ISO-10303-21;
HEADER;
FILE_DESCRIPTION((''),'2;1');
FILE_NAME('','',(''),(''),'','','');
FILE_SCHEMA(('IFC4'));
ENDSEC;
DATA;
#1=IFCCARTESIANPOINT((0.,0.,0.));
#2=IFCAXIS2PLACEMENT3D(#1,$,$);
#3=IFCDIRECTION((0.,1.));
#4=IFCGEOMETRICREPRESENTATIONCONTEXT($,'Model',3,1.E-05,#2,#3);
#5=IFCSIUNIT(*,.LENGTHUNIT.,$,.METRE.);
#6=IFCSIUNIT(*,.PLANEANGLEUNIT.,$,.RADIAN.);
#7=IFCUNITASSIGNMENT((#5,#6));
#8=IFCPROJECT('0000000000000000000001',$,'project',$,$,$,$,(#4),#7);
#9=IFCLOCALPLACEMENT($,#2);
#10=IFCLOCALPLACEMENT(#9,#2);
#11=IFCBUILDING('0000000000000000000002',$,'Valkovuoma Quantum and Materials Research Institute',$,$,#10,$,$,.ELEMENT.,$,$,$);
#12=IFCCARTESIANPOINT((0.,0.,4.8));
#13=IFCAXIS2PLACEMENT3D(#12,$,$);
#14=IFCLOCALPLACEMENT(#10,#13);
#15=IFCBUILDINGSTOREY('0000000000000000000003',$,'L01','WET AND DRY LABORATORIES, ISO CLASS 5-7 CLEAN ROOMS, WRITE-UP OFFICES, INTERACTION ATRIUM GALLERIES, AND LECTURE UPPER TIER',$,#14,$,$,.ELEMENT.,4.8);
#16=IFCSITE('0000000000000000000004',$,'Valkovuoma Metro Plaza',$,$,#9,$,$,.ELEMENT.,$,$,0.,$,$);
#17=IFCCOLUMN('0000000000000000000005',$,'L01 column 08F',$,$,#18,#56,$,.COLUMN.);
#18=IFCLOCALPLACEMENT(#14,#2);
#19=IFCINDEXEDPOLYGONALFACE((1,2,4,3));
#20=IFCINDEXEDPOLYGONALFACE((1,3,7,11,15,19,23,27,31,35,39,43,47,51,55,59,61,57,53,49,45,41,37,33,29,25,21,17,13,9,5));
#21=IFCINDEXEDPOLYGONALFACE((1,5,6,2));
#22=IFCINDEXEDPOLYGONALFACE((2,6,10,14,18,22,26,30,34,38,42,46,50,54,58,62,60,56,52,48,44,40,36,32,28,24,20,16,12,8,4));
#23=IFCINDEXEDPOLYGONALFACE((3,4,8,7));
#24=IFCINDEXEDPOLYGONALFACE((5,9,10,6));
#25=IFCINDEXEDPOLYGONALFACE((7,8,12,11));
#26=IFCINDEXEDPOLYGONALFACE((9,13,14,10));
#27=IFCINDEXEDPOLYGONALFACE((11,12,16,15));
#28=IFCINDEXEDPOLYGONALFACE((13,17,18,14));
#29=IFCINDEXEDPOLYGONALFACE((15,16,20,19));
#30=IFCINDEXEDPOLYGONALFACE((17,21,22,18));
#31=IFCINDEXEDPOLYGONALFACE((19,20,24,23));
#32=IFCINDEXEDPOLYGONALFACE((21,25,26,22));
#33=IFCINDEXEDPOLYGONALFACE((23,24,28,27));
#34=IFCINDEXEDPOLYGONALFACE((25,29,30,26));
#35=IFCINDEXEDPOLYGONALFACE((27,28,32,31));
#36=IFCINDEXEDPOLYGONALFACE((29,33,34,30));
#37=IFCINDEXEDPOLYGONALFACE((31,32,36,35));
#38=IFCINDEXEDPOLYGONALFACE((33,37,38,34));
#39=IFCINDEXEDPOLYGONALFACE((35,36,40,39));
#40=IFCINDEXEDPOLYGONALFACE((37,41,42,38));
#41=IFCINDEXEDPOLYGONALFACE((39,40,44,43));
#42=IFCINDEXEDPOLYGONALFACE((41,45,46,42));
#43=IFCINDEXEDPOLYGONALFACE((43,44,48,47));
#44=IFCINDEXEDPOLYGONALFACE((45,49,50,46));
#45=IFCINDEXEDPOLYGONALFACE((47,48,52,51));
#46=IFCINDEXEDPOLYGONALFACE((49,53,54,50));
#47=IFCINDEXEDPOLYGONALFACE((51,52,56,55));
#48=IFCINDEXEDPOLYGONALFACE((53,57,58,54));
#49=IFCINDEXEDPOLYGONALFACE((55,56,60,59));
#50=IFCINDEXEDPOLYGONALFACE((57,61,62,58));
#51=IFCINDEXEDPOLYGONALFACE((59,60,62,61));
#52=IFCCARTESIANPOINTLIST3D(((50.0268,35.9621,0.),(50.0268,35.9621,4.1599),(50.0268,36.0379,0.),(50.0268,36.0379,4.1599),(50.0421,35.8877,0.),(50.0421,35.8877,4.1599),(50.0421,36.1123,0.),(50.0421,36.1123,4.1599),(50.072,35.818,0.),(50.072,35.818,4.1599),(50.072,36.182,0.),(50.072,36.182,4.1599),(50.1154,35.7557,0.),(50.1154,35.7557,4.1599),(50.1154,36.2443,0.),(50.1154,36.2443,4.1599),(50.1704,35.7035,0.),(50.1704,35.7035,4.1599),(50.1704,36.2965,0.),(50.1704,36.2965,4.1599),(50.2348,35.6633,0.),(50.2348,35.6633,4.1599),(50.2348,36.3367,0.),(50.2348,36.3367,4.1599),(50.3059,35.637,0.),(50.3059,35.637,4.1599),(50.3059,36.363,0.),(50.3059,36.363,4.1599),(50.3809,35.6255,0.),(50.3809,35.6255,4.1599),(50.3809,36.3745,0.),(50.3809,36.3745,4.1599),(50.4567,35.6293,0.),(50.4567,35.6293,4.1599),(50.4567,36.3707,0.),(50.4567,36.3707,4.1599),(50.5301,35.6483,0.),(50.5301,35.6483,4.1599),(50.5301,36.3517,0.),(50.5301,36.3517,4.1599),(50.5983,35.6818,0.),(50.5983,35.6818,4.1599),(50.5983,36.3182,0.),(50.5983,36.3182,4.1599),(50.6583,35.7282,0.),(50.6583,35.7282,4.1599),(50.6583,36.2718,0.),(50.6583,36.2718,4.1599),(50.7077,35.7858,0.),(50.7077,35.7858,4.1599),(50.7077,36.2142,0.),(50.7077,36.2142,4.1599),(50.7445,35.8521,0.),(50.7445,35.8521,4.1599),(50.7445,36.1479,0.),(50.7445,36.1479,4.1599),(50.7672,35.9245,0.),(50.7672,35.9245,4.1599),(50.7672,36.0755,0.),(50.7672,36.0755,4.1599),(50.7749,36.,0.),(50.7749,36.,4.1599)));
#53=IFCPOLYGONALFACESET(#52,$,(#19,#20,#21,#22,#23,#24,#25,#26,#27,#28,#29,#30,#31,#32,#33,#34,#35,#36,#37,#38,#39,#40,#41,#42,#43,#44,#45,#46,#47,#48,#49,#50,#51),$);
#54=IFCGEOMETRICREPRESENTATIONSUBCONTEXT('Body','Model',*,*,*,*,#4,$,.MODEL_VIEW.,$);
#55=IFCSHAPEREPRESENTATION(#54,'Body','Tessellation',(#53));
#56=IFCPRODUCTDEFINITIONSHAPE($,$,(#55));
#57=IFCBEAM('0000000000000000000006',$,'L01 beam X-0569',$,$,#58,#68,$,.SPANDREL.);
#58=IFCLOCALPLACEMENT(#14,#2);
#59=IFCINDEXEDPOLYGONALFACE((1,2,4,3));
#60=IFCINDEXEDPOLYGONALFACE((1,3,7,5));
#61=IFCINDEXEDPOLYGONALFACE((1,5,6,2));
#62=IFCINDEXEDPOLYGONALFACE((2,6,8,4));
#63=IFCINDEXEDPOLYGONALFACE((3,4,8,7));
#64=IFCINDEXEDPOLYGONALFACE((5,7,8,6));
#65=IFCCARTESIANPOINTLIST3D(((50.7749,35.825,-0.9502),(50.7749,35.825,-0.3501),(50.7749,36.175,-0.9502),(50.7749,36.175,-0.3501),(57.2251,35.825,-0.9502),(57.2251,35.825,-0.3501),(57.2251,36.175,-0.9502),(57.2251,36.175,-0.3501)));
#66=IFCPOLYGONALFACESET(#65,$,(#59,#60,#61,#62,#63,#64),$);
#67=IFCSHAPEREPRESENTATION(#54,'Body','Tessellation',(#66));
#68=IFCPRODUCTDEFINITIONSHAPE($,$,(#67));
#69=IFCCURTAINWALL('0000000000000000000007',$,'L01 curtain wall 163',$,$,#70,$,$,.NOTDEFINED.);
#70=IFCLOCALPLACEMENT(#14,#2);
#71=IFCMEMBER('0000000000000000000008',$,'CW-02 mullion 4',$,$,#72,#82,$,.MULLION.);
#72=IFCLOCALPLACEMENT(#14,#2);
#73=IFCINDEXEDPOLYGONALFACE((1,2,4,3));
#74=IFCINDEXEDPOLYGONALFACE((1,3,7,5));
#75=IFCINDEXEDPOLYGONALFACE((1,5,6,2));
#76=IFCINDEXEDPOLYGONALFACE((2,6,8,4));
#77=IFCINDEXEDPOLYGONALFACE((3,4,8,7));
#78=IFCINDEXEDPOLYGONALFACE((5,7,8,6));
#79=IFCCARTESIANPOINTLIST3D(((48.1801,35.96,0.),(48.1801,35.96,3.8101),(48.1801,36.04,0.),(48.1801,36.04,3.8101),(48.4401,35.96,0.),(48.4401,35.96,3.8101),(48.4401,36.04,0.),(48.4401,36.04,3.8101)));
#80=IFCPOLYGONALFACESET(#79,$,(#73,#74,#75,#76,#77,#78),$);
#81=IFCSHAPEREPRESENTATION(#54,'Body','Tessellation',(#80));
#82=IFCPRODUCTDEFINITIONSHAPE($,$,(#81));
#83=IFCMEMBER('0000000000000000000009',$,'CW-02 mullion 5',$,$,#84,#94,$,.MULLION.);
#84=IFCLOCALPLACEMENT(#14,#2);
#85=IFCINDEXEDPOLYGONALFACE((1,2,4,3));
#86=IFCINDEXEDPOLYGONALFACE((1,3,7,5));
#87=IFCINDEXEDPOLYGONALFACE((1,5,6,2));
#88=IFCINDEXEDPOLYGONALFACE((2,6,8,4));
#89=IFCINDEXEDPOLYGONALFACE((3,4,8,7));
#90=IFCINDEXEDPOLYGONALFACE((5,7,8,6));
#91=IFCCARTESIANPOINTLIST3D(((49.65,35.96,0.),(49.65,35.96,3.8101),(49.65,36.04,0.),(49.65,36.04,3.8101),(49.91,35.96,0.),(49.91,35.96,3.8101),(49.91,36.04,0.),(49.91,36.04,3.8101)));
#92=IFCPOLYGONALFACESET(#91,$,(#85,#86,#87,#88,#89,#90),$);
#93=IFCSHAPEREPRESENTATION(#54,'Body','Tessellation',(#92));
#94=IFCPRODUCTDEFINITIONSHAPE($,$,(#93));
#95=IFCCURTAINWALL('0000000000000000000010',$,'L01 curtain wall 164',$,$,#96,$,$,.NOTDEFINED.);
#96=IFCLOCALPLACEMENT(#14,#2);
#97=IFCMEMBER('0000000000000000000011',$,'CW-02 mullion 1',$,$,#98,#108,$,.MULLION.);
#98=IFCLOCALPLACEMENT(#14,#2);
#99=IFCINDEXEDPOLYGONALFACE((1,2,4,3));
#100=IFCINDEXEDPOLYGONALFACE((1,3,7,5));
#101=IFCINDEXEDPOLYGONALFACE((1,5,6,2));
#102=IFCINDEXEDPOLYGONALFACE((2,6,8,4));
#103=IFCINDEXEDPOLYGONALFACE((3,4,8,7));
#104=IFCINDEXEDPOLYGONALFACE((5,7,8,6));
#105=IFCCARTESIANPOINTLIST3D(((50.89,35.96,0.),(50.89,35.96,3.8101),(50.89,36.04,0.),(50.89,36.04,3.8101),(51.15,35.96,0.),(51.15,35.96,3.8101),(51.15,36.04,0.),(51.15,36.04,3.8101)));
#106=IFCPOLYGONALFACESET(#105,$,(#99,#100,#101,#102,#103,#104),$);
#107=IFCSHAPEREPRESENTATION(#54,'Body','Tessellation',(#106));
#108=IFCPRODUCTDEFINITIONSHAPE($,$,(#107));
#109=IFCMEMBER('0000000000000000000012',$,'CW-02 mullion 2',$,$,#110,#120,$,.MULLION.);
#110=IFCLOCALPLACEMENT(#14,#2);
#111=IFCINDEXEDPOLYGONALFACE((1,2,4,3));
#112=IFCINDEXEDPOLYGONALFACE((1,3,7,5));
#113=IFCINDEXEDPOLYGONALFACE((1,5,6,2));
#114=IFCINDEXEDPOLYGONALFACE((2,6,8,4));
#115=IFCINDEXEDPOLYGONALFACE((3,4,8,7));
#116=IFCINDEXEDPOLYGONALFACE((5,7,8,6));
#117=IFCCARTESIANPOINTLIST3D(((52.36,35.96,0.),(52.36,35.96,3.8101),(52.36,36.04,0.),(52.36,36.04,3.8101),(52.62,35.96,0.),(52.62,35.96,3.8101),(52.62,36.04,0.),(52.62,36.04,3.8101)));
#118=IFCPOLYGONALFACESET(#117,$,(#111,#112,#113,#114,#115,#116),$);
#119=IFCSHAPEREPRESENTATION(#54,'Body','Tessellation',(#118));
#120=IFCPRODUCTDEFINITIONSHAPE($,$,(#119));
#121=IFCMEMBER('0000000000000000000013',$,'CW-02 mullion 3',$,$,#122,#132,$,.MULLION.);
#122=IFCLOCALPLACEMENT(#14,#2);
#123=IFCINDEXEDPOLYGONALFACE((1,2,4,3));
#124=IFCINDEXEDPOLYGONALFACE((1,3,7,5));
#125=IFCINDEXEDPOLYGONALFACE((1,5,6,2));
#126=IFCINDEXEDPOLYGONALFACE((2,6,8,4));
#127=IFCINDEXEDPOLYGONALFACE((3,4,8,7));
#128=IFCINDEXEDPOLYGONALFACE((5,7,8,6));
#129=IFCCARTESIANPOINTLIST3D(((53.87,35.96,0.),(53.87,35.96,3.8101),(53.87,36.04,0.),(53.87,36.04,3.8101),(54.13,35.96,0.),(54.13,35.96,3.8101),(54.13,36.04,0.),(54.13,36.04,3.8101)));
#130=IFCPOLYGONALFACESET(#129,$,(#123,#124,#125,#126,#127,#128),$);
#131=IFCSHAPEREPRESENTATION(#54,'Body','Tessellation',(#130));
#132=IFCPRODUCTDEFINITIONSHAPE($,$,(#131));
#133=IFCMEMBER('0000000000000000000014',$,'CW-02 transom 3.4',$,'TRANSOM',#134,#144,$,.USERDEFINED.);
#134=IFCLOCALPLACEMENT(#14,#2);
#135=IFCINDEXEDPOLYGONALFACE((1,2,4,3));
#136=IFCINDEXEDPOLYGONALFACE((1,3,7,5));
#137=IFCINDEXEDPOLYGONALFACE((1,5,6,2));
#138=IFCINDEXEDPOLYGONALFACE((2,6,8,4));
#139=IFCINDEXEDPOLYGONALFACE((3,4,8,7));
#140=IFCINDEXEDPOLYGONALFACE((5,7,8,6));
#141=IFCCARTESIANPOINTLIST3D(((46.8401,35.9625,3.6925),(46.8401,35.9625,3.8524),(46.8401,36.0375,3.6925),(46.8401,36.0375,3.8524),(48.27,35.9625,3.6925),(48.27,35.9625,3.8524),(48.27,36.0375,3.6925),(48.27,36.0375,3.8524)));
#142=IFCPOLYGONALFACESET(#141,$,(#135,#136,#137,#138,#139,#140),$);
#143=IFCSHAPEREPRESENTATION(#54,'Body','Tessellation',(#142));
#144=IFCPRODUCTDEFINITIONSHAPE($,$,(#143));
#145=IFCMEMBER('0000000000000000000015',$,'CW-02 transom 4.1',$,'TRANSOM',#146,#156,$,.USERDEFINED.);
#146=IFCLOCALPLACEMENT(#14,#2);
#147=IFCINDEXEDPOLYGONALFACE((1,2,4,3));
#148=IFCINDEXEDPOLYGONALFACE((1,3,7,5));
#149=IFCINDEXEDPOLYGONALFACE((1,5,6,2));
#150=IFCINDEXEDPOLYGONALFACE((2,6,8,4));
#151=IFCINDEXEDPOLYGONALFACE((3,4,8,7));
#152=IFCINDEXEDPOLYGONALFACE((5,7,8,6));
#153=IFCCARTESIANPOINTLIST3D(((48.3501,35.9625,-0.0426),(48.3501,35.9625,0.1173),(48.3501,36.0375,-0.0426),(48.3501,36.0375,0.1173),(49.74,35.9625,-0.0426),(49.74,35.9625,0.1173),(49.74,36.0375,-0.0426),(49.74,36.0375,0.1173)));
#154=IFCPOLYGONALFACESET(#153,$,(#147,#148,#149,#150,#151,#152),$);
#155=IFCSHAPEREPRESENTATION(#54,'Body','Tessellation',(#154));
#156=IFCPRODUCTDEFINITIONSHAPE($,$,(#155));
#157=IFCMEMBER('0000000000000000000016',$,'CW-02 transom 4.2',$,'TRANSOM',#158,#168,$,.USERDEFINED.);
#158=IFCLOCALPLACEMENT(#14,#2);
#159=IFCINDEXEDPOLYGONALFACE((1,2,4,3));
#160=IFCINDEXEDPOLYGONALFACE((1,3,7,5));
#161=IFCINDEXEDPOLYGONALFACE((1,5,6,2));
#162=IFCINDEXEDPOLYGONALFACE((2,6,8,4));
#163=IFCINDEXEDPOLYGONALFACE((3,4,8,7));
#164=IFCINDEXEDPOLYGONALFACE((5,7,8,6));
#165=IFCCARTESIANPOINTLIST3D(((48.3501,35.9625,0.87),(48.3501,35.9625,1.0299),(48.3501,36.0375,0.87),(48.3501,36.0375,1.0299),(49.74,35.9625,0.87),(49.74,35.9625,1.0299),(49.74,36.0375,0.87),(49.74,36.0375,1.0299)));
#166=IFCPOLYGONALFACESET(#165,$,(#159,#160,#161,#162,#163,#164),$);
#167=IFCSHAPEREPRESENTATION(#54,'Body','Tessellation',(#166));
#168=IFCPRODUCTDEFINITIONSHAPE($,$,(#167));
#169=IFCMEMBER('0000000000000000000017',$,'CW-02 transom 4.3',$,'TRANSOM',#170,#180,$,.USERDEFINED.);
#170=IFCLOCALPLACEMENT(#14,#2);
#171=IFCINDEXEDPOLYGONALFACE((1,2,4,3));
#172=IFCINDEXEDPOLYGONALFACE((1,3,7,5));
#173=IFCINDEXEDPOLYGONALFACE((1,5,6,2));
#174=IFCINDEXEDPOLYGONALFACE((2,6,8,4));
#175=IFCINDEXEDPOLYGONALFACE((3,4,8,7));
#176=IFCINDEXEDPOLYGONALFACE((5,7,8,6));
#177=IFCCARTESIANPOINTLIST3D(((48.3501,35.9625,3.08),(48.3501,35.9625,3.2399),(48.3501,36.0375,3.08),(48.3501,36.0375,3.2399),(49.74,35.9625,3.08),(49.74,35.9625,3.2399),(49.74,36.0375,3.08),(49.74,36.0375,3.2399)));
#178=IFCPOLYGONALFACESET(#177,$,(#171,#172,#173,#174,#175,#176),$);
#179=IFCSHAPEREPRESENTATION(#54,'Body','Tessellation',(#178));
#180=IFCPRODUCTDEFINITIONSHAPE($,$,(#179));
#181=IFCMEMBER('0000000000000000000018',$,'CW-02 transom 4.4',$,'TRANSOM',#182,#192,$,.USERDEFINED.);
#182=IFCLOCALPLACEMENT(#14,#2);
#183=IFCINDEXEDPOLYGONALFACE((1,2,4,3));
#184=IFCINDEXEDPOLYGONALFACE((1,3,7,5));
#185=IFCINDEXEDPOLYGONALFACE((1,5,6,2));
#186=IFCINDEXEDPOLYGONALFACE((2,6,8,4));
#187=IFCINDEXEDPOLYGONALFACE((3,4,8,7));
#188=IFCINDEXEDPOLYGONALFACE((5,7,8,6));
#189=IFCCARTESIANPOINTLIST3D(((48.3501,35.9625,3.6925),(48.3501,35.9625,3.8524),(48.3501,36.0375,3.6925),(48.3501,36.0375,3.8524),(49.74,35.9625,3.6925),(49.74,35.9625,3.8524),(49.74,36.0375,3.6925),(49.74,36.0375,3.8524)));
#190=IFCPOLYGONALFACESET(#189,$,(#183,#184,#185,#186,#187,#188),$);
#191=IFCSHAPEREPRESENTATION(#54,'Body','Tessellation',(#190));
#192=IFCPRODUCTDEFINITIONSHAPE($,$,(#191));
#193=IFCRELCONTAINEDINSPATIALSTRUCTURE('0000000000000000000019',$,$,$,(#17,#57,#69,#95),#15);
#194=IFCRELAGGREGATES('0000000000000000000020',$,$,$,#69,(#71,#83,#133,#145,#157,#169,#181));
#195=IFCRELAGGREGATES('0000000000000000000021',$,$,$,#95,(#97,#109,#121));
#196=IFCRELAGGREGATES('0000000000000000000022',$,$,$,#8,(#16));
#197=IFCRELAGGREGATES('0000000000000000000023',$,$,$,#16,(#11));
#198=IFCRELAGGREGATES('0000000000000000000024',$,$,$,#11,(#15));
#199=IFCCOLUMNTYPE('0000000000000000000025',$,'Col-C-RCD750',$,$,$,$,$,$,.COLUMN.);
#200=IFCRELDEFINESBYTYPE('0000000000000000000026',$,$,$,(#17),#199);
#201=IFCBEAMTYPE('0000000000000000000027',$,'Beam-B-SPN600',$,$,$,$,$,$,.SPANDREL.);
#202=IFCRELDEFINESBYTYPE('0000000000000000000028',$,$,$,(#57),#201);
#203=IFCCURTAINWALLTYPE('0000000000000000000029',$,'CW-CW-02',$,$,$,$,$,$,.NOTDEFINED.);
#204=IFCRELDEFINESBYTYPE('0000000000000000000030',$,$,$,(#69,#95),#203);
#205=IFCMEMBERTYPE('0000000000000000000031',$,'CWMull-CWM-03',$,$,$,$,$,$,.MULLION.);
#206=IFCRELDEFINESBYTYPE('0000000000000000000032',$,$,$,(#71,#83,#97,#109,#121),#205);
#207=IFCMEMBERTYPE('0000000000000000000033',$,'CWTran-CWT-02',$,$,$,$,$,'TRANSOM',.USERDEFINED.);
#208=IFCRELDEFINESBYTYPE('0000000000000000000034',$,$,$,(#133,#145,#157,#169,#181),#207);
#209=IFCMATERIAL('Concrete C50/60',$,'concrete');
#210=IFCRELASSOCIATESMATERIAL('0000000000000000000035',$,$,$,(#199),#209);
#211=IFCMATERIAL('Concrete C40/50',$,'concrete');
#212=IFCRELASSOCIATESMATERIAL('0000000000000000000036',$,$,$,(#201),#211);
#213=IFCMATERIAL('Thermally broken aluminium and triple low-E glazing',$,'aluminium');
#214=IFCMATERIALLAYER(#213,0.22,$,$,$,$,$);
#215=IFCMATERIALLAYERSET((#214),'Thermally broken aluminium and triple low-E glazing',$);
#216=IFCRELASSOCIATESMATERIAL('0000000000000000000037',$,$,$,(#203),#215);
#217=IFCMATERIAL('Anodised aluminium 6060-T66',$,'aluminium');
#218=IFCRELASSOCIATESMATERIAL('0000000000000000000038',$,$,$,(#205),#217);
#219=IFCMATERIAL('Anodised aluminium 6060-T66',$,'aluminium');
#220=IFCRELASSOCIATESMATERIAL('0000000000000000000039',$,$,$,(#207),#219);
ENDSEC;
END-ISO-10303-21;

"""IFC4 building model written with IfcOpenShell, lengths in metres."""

from ifc_helpers import new_model, si_unit, direction, frame, origin, origin_2d, place, context, subcontext, project, spatial, rectangle, circle, extrude, material, layer, layer_set, material_profile, profile_set, type_object, element, aggregate, save


model = new_model("IFC4")

# Units and contexts
model_context = context("Model", 3, precision=1e-05, world=origin(), true_north=direction((0.0, 1.0)))
body_context = subcontext(model_context, "Body", "Model", "MODEL_VIEW")
ifc_project = project(units=[si_unit("LENGTHUNIT", "METRE"), si_unit("PLANEANGLEUNIT", "RADIAN")], contexts=[model_context])

# Site, building, storey
site_placement = place(None, origin())
site = spatial("IfcSite", under=ifc_project, at=site_placement, Name="Valkovuoma Metro Plaza", CompositionType="ELEMENT", RefElevation=0.0)
building_placement = place(site_placement, origin())
building = spatial("IfcBuilding", under=site, at=building_placement, Name="Valkovuoma Quantum and Materials Research Institute", CompositionType="ELEMENT")
storey_placement = place(building_placement, frame((0.0, 0.0, 4.8)))
storey = spatial("IfcBuildingStorey", under=building, at=storey_placement, Name="L01", Description="WET AND DRY LABORATORIES, ISO CLASS 5-7 CLEAN ROOMS, WRITE-UP OFFICES, INTERACTION ATRIUM GALLERIES, AND LECTURE UPPER TIER", CompositionType="ELEMENT", Elevation=4.8)

# Column
ifc_material_1 = material(Name="Concrete C50/60", Category="concrete")
ifc_material_profile_1 = material_profile(ifc_material_1, circle(Radius=0.375, at=origin_2d()), Name="Concrete C50/60")
ifc_profile_set_1 = profile_set([ifc_material_profile_1], Name="Concrete C50/60")
column_type = type_object("IfcColumnType", Name="Col-C-RCD750", PredefinedType="COLUMN", material=ifc_profile_set_1)
column_placement = place(storey_placement, frame((50.3999, 36.0, 0.0), z_axis=(0.0, 0.0, 1.0), x_axis=(1.0, 0.0, 0.0)))
element("IfcColumn", 1, at=column_placement, inside=storey, type_object=column_type, Name="L01 column 08F", PredefinedType="COLUMN", context=body_context, shape_type="SweptSolid", body=[
    extrude(circle(Radius=0.375, at=origin_2d()), origin(), (0.0, 0.0, 1.0), 4.1599),
])

# Beam
ifc_material_2 = material(Name="Concrete C40/50", Category="concrete")
ifc_material_profile_2 = material_profile(ifc_material_2, rectangle(XDim=0.3501, YDim=0.6001, at=origin_2d()), Name="Concrete C40/50")
ifc_profile_set_2 = profile_set([ifc_material_profile_2], Name="Concrete C40/50")
beam_type = type_object("IfcBeamType", Name="Beam-B-SPN600", PredefinedType="SPANDREL", material=ifc_profile_set_2)
beam_placement = place(storey_placement, frame((50.7749, 36.0, -0.6501), z_axis=(1.0, 0.0, 0.0), x_axis=(0.0, 1.0, 0.0)))
element("IfcBeam", 2, at=beam_placement, inside=storey, type_object=beam_type, Name="L01 beam X-0569", PredefinedType="SPANDREL", context=body_context, shape_type="SweptSolid", body=[
    extrude(rectangle(XDim=0.3501, YDim=0.6001, at=origin_2d()), origin(), (0.0, 0.0, 1.0), 6.4502),
])

# Curtain walls, members
ifc_material_3 = material(Name="Thermally broken aluminium and triple low-E glazing", Category="aluminium")
ifc_layer_1 = layer(ifc_material_3, 0.22)
ifc_layer_set_1 = layer_set([ifc_layer_1], Name="Thermally broken aluminium and triple low-E glazing")
curtain_wall_type = type_object("IfcCurtainWallType", Name="CW-CW-02", PredefinedType="NOTDEFINED", material=ifc_layer_set_1)
curtain_wall_1_placement = place(storey_placement, origin())
curtain_wall_1 = element("IfcCurtainWall", 3, at=curtain_wall_1_placement, inside=storey, type_object=curtain_wall_type, Name="L01 curtain wall 163", PredefinedType="NOTDEFINED")
ifc_material_4 = material(Name="Anodised aluminium 6060-T66", Category="aluminium")
ifc_material_profile_3 = material_profile(ifc_material_4, rectangle(XDim=0.0801, YDim=0.26, at=origin_2d()), Name="Anodised aluminium 6060-T66")
ifc_profile_set_3 = profile_set([ifc_material_profile_3], Name="Anodised aluminium 6060-T66")
member_type_1 = type_object("IfcMemberType", Name="CWMull-CWM-03", PredefinedType="MULLION", material=ifc_profile_set_3)
member_1_placement = place(storey_placement, frame((48.3101, 36.0, 0.0), z_axis=(0.0, 0.0, 1.0), x_axis=(0.0, 1.0, 0.0)))
member_1 = element("IfcMember", 4, at=member_1_placement, type_object=member_type_1, Name="CW-02 mullion 4", PredefinedType="MULLION", context=body_context, shape_type="SweptSolid", body=[
    extrude(rectangle(XDim=0.0801, YDim=0.26, at=origin_2d()), origin(), (0.0, 0.0, 1.0), 3.8101),
])
member_2_placement = place(storey_placement, frame((49.78, 36.0, 0.0), z_axis=(0.0, 0.0, 1.0), x_axis=(0.0, 1.0, 0.0)))
member_2 = element("IfcMember", 5, at=member_2_placement, type_object=member_type_1, Name="CW-02 mullion 5", PredefinedType="MULLION", context=body_context, shape_type="SweptSolid", body=[
    extrude(rectangle(XDim=0.0801, YDim=0.26, at=origin_2d()), origin(), (0.0, 0.0, 1.0), 3.8101),
])
curtain_wall_2_placement = place(storey_placement, origin())
curtain_wall_2 = element("IfcCurtainWall", 6, at=curtain_wall_2_placement, inside=storey, type_object=curtain_wall_type, Name="L01 curtain wall 164", PredefinedType="NOTDEFINED")
member_3_placement = place(storey_placement, frame((51.02, 36.0, 0.0), z_axis=(0.0, 0.0, 1.0), x_axis=(0.0, 1.0, 0.0)))
member_3 = element("IfcMember", 7, at=member_3_placement, type_object=member_type_1, Name="CW-02 mullion 1", PredefinedType="MULLION", context=body_context, shape_type="SweptSolid", body=[
    extrude(rectangle(XDim=0.0801, YDim=0.26, at=origin_2d()), origin(), (0.0, 0.0, 1.0), 3.8101),
])
member_4_placement = place(storey_placement, frame((52.49, 36.0, 0.0), z_axis=(0.0, 0.0, 1.0), x_axis=(0.0, 1.0, 0.0)))
member_4 = element("IfcMember", 8, at=member_4_placement, type_object=member_type_1, Name="CW-02 mullion 2", PredefinedType="MULLION", context=body_context, shape_type="SweptSolid", body=[
    extrude(rectangle(XDim=0.0801, YDim=0.26, at=origin_2d()), origin(), (0.0, 0.0, 1.0), 3.8101),
])
member_5_placement = place(storey_placement, frame((54.0, 36.0, 0.0), z_axis=(0.0, 0.0, 1.0), x_axis=(0.0, 1.0, 0.0)))
member_5 = element("IfcMember", 9, at=member_5_placement, type_object=member_type_1, Name="CW-02 mullion 3", PredefinedType="MULLION", context=body_context, shape_type="SweptSolid", body=[
    extrude(rectangle(XDim=0.0801, YDim=0.26, at=origin_2d()), origin(), (0.0, 0.0, 1.0), 3.8101),
])

# Members
ifc_material_5 = material(Name="Anodised aluminium 6060-T66", Category="aluminium")
ifc_material_profile_4 = material_profile(ifc_material_5, rectangle(XDim=0.075, YDim=0.1599, at=origin_2d()), Name="Anodised aluminium 6060-T66")
ifc_profile_set_4 = profile_set([ifc_material_profile_4], Name="Anodised aluminium 6060-T66")
member_type_2 = type_object("IfcMemberType", Name="CWTran-CWT-02", ElementType="TRANSOM", PredefinedType="USERDEFINED", material=ifc_profile_set_4)
member_6_placement = place(storey_placement, frame((46.8401, 36.0, 3.7725), z_axis=(1.0, 0.0, 0.0), x_axis=(0.0, 1.0, 0.0)))
member_6 = element("IfcMember", 10, at=member_6_placement, type_object=member_type_2, Name="CW-02 transom 3.4", ObjectType="TRANSOM", PredefinedType="USERDEFINED", context=body_context, shape_type="SweptSolid", body=[
    extrude(rectangle(XDim=0.075, YDim=0.1599, at=origin_2d()), origin(), (0.0, 0.0, 1.0), 1.4299),
])
member_7_placement = place(storey_placement, frame((48.3501, 36.0, 0.0374), z_axis=(1.0, 0.0, 0.0), x_axis=(0.0, 1.0, 0.0)))
member_7 = element("IfcMember", 11, at=member_7_placement, type_object=member_type_2, Name="CW-02 transom 4.1", ObjectType="TRANSOM", PredefinedType="USERDEFINED", context=body_context, shape_type="SweptSolid", body=[
    extrude(rectangle(XDim=0.075, YDim=0.1599, at=origin_2d()), origin(), (0.0, 0.0, 1.0), 1.3899),
])
member_8_placement = place(storey_placement, frame((48.3501, 36.0, 0.95), z_axis=(1.0, 0.0, 0.0), x_axis=(0.0, 1.0, 0.0)))
member_8 = element("IfcMember", 12, at=member_8_placement, type_object=member_type_2, Name="CW-02 transom 4.2", ObjectType="TRANSOM", PredefinedType="USERDEFINED", context=body_context, shape_type="SweptSolid", body=[
    extrude(rectangle(XDim=0.075, YDim=0.1599, at=origin_2d()), origin(), (0.0, 0.0, 1.0), 1.3899),
])
member_9_placement = place(storey_placement, frame((48.3501, 36.0, 3.1599), z_axis=(1.0, 0.0, 0.0), x_axis=(0.0, 1.0, 0.0)))
member_9 = element("IfcMember", 13, at=member_9_placement, type_object=member_type_2, Name="CW-02 transom 4.3", ObjectType="TRANSOM", PredefinedType="USERDEFINED", context=body_context, shape_type="SweptSolid", body=[
    extrude(rectangle(XDim=0.075, YDim=0.1599, at=origin_2d()), origin(), (0.0, 0.0, 1.0), 1.3899),
])
member_10_placement = place(storey_placement, frame((48.3501, 36.0, 3.7725), z_axis=(1.0, 0.0, 0.0), x_axis=(0.0, 1.0, 0.0)))
member_10 = element("IfcMember", 14, at=member_10_placement, type_object=member_type_2, Name="CW-02 transom 4.4", ObjectType="TRANSOM", PredefinedType="USERDEFINED", context=body_context, shape_type="SweptSolid", body=[
    extrude(rectangle(XDim=0.075, YDim=0.1599, at=origin_2d()), origin(), (0.0, 0.0, 1.0), 1.3899),
])

aggregate(curtain_wall_1, [member_1, member_2, member_6, member_7, member_8, member_9, member_10])
aggregate(curtain_wall_2, [member_3, member_4, member_5])

save(model, "model.ifc")
